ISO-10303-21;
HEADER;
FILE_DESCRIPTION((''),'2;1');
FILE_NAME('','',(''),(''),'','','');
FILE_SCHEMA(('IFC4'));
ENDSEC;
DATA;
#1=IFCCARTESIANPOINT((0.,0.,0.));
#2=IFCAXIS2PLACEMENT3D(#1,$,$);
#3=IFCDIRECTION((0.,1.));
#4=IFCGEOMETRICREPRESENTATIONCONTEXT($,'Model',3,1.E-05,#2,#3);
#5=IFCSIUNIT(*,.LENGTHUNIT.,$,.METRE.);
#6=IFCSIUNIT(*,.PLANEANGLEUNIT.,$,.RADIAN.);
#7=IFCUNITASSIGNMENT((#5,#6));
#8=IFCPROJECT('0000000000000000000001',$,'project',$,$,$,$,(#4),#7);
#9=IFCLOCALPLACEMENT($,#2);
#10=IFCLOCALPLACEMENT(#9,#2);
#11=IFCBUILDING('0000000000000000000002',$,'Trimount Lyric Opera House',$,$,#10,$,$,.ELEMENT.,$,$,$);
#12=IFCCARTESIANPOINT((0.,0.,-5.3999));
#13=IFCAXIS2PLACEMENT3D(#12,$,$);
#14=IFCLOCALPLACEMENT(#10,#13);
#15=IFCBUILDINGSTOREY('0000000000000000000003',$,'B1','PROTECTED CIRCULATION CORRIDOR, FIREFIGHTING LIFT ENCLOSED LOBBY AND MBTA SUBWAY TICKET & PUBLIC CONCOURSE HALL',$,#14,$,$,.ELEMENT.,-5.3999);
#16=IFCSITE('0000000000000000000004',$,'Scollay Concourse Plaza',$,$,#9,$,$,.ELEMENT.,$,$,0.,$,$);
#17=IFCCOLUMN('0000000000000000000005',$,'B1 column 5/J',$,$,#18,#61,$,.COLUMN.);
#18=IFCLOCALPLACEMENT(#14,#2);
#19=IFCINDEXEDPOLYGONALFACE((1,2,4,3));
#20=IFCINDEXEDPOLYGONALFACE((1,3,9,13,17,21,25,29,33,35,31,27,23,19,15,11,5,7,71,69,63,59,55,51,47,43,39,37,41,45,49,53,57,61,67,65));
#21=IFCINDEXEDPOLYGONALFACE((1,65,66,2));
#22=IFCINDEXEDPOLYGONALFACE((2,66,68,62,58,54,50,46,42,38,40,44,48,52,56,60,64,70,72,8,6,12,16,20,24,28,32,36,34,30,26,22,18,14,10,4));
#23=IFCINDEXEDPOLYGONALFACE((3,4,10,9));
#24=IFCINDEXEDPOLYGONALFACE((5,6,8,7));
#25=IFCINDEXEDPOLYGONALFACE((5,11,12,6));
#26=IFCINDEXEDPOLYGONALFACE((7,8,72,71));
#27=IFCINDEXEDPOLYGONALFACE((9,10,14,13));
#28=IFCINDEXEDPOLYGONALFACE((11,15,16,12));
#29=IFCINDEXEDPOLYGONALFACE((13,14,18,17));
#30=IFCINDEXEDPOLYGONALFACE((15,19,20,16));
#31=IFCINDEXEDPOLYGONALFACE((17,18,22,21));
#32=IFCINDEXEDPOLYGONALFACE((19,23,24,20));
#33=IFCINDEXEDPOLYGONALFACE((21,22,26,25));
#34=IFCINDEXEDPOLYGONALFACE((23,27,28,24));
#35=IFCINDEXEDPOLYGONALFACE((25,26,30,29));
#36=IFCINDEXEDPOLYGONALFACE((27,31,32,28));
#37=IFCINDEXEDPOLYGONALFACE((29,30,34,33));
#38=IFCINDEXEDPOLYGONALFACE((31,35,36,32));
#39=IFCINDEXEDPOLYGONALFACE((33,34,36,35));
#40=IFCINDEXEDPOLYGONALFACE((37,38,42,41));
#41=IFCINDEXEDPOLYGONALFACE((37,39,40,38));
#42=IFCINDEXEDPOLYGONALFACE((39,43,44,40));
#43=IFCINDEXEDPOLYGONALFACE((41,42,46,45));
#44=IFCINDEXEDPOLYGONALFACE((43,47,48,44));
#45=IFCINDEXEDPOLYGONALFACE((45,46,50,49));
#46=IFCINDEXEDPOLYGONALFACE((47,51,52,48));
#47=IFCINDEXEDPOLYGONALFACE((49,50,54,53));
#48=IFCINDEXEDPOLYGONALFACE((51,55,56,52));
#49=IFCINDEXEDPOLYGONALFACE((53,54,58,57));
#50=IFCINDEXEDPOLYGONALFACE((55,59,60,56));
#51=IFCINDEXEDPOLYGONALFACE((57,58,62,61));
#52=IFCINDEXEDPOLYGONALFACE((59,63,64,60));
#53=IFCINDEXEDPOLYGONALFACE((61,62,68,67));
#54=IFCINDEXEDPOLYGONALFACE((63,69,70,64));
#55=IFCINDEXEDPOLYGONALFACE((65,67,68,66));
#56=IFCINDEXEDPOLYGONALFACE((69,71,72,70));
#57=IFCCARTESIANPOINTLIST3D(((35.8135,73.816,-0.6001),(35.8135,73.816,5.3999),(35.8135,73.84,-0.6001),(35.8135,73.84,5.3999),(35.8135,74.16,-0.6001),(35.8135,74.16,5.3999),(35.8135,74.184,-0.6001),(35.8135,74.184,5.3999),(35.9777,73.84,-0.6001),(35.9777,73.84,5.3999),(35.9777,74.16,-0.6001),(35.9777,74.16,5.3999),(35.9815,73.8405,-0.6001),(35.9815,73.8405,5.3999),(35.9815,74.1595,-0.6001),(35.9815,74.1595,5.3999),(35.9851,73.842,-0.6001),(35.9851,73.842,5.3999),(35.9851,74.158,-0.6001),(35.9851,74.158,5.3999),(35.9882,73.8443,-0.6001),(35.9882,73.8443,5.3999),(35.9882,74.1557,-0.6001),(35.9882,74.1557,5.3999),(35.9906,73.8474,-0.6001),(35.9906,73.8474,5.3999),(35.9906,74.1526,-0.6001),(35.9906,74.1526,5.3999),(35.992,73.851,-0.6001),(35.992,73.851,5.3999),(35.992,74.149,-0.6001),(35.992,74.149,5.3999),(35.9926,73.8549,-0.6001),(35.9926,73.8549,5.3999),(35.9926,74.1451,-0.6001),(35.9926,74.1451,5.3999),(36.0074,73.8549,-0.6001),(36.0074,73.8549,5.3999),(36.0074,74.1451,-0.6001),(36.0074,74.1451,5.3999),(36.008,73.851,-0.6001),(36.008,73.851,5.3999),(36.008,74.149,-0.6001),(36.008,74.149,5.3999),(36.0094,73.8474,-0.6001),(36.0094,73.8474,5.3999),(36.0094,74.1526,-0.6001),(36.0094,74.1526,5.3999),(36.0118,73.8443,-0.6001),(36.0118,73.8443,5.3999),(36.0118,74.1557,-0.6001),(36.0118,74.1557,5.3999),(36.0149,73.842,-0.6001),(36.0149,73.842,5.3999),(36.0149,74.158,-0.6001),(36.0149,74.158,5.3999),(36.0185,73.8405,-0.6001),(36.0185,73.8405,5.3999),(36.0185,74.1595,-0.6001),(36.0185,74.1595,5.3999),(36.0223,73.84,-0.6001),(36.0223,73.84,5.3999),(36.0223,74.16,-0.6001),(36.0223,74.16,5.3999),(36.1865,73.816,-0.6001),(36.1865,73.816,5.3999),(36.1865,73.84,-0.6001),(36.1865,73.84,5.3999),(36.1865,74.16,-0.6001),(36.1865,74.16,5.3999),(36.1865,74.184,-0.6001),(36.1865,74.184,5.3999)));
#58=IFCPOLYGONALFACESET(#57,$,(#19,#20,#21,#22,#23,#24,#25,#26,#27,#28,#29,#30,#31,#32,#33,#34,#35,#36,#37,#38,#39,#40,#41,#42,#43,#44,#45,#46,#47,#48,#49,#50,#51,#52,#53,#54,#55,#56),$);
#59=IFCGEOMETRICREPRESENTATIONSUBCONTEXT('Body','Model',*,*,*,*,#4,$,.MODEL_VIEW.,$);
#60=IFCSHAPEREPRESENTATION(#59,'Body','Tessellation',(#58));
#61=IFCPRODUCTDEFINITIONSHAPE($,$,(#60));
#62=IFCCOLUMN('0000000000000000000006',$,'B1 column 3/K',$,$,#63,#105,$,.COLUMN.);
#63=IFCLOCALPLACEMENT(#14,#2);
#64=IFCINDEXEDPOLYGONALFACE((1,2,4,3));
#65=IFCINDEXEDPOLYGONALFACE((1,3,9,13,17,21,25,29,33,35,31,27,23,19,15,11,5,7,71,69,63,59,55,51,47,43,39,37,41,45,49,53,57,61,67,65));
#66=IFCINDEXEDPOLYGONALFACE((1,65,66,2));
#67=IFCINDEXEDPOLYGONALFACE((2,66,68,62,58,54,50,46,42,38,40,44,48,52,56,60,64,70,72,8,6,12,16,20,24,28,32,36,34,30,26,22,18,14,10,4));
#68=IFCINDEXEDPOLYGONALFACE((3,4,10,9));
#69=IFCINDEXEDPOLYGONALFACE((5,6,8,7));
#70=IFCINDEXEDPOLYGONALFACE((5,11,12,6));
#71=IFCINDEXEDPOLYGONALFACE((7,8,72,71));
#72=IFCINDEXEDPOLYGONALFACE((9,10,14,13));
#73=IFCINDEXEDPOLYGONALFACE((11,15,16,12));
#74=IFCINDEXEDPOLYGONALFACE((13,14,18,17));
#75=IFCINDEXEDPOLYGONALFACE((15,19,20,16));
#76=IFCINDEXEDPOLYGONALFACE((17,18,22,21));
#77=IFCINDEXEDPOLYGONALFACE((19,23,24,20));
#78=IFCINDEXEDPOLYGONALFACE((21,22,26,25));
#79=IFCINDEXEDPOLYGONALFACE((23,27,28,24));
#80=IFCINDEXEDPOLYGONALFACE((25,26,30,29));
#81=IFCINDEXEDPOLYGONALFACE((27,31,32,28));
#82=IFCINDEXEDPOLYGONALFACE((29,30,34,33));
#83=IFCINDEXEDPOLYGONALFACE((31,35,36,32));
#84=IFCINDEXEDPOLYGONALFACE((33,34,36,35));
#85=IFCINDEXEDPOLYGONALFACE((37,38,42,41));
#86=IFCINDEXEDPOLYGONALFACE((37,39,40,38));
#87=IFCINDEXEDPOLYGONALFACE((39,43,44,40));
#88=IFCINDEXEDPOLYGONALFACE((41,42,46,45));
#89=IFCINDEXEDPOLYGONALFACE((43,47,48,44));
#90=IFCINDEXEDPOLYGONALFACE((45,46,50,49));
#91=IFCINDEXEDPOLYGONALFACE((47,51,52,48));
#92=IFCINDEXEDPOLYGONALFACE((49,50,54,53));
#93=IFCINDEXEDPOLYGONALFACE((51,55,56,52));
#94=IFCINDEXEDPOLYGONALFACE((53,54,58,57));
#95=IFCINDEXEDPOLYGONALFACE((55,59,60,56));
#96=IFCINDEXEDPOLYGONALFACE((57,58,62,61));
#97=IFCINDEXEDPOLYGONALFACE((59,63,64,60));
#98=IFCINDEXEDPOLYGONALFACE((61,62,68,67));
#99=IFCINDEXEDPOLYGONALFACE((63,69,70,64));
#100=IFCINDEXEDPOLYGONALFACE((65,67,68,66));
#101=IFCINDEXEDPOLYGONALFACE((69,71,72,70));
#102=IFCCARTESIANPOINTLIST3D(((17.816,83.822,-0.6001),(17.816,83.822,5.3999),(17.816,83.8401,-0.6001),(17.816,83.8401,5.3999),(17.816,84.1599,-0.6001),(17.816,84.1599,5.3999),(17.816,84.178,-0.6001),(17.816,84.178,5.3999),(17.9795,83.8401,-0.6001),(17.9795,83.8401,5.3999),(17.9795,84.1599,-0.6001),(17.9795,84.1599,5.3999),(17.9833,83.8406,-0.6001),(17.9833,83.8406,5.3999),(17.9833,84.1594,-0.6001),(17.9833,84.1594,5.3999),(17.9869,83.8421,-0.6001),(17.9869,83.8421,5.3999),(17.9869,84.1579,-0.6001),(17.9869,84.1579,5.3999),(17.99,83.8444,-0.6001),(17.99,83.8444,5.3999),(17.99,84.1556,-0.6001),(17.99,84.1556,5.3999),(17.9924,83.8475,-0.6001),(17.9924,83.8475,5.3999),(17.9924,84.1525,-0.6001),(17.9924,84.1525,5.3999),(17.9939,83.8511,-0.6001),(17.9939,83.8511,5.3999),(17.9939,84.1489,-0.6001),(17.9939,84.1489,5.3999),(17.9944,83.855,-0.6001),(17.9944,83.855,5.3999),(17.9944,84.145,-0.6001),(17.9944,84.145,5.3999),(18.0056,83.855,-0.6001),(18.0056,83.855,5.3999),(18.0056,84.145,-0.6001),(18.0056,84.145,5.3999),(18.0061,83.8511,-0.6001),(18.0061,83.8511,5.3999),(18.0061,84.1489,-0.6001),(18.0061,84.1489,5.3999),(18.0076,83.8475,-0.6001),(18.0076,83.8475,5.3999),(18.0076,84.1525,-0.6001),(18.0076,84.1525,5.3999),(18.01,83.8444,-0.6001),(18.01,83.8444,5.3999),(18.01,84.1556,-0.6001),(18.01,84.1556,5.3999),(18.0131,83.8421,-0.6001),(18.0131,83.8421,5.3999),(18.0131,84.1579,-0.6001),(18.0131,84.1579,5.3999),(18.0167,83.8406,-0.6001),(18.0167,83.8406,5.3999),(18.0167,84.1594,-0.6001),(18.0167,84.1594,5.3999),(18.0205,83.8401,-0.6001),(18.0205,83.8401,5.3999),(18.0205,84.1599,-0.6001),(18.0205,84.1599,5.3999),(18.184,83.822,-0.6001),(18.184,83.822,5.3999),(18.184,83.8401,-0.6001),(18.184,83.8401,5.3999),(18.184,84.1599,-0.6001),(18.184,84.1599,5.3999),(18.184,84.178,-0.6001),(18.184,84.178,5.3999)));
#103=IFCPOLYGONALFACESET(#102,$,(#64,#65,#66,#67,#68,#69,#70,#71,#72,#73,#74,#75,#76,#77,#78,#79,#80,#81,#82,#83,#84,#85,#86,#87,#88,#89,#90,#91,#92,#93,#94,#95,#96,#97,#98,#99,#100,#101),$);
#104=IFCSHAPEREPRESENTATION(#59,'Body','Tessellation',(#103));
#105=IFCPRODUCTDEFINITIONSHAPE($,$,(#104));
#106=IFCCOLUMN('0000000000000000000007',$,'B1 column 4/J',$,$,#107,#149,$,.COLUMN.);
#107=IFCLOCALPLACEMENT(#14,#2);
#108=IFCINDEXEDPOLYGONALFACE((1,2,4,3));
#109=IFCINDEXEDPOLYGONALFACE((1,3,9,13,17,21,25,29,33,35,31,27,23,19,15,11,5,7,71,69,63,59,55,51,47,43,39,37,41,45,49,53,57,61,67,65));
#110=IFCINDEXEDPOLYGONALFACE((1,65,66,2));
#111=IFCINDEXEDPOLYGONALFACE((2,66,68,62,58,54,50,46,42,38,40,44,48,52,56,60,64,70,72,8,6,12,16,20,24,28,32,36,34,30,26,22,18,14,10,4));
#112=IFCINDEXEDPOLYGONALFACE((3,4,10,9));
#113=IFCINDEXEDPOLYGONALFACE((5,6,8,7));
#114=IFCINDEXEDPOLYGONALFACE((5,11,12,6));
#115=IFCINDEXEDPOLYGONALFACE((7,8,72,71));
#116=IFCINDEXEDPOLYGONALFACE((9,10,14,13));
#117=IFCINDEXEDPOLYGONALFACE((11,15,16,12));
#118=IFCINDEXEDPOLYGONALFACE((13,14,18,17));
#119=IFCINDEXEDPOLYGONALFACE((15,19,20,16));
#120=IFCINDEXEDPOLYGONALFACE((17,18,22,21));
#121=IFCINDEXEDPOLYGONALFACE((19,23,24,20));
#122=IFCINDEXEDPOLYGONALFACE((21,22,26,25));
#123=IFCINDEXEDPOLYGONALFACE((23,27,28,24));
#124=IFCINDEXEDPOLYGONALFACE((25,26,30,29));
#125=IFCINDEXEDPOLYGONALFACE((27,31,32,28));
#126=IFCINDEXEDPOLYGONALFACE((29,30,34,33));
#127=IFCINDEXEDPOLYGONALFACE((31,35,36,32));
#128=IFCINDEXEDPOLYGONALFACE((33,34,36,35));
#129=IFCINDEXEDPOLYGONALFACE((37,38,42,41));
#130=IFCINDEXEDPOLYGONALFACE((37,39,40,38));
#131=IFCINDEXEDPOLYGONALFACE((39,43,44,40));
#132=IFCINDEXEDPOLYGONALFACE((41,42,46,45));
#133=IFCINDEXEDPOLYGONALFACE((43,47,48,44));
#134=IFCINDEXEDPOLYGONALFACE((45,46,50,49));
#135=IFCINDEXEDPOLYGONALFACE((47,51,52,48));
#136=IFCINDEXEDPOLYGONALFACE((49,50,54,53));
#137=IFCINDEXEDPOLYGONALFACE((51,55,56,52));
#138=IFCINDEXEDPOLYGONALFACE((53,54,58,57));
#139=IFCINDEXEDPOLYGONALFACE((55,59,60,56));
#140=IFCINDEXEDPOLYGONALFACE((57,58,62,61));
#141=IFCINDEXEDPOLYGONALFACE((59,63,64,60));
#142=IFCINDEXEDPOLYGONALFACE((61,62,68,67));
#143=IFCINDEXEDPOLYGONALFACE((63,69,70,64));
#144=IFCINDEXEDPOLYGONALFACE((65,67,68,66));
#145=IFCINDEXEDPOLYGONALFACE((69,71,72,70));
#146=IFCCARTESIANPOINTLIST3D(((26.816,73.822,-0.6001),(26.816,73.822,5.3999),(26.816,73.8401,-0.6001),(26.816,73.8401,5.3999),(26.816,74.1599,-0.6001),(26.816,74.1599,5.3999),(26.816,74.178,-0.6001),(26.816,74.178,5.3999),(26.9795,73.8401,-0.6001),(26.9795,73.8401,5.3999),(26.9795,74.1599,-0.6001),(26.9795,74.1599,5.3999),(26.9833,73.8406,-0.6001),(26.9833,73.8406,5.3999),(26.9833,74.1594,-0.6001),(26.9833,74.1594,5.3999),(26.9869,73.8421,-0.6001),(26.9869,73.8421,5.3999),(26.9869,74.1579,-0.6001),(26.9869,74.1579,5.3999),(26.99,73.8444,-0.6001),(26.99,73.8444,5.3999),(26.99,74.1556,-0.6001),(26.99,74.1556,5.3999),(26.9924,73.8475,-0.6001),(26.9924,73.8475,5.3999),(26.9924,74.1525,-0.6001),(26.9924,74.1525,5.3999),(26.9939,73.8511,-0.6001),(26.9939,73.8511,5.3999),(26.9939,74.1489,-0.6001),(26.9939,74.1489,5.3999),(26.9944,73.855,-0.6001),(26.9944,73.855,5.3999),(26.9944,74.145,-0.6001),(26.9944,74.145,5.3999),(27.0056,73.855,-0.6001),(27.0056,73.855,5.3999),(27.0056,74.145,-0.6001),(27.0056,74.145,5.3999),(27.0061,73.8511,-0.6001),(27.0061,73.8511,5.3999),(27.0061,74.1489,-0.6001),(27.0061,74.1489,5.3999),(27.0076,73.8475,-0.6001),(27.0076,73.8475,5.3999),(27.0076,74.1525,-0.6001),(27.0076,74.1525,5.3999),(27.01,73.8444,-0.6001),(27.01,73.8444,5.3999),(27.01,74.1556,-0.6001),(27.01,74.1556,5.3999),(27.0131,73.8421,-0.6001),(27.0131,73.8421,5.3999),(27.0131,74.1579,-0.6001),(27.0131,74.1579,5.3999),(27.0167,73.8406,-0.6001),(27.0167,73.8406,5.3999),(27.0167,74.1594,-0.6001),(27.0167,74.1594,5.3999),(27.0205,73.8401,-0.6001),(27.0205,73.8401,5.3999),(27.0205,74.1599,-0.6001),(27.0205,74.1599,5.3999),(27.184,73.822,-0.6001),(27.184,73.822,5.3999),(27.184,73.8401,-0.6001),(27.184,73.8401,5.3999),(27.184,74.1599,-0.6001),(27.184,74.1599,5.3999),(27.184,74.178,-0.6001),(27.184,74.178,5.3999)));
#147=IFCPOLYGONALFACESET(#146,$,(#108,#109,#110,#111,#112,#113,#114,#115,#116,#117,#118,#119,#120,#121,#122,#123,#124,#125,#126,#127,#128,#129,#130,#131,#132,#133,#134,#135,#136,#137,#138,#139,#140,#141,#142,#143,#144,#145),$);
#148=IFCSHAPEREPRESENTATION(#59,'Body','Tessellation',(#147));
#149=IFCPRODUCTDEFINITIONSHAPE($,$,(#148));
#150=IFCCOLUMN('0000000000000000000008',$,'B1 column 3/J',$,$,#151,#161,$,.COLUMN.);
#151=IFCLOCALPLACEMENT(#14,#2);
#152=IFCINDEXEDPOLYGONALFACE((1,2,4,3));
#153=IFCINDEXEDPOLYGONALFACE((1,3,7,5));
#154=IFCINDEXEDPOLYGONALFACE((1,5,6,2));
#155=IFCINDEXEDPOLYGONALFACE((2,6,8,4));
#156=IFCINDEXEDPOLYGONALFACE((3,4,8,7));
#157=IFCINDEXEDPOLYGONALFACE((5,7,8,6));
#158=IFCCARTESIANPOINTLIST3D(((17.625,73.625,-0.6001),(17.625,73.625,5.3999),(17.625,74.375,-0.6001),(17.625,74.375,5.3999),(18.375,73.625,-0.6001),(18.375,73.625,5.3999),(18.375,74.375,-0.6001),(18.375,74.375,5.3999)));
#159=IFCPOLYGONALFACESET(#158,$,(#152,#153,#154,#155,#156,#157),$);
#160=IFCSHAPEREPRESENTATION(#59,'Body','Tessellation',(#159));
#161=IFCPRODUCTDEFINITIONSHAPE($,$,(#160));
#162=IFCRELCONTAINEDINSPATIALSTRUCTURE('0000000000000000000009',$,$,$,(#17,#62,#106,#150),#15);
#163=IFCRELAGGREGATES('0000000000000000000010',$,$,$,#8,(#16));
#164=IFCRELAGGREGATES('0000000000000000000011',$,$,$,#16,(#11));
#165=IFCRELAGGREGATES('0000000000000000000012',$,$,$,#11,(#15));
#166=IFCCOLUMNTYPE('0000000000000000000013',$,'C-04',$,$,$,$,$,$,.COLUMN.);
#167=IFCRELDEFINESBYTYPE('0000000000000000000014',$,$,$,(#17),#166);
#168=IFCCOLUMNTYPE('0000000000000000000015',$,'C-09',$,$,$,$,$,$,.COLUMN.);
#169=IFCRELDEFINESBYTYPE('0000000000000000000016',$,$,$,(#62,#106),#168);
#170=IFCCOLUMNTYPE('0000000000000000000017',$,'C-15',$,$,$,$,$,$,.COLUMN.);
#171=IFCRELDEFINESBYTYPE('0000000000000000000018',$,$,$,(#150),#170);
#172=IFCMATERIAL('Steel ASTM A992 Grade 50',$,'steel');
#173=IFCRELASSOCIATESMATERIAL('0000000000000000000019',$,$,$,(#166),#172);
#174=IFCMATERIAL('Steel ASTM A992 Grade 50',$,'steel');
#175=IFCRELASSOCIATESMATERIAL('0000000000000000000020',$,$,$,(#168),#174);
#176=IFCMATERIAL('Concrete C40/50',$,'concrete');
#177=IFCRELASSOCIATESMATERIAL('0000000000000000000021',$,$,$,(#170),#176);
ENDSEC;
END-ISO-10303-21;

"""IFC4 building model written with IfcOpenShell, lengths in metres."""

from ifc_helpers import new_model, si_unit, direction, frame, origin, origin_2d, place, context, subcontext, project, spatial, rectangle, i_section, extrude, material, material_profile, profile_set, type_object, element, save


model = new_model("IFC4")

# Units and contexts
model_context = context("Model", 3, precision=1e-05, world=origin(), true_north=direction((0.0, 1.0)))
body_context = subcontext(model_context, "Body", "Model", "MODEL_VIEW")
ifc_project = project(units=[si_unit("LENGTHUNIT", "METRE"), si_unit("PLANEANGLEUNIT", "RADIAN")], contexts=[model_context])

# Site, building, storey
site_placement = place(None, origin())
site = spatial("IfcSite", under=ifc_project, at=site_placement, Name="Scollay Concourse Plaza", CompositionType="ELEMENT", RefElevation=0.0)
building_placement = place(site_placement, origin())
building = spatial("IfcBuilding", under=site, at=building_placement, Name="Trimount Lyric Opera House", CompositionType="ELEMENT")
storey_placement = place(building_placement, frame((0.0, 0.0, -5.3999)))
storey = spatial("IfcBuildingStorey", under=building, at=storey_placement, Name="B1", Description="PROTECTED CIRCULATION CORRIDOR, FIREFIGHTING LIFT ENCLOSED LOBBY AND MBTA SUBWAY TICKET & PUBLIC CONCOURSE HALL", CompositionType="ELEMENT", Elevation=-5.3999)

# Columns
ifc_material_1 = material(Name="Steel ASTM A992 Grade 50", Category="steel")
ifc_material_profile_1 = material_profile(ifc_material_1, i_section(OverallWidth=0.373, OverallDepth=0.3679, WebThickness=0.0149, FlangeThickness=0.0239, FilletRadius=0.0149, at=origin_2d()), Name="W14X120")
ifc_profile_set_1 = profile_set([ifc_material_profile_1], Name="Steel ASTM A992 Grade 50")
column_type_1 = type_object("IfcColumnType", Name="C-04", PredefinedType="COLUMN", material=ifc_profile_set_1)
column_1_placement = place(storey_placement, frame((36.0, 74.0, -0.6001), z_axis=(0.0, 0.0, 1.0), x_axis=(1.0, 0.0, 0.0)))
element("IfcColumn", 1, at=column_1_placement, inside=storey, type_object=column_type_1, Name="B1 column 5/J", PredefinedType="COLUMN", context=body_context, shape_type="SweptSolid", body=[
    extrude(i_section(OverallWidth=0.373, OverallDepth=0.3679, WebThickness=0.0149, FlangeThickness=0.0239, FilletRadius=0.0149, at=origin_2d()), origin(), (0.0, 0.0, 1.0), 6.0),
])
ifc_material_2 = material(Name="Steel ASTM A992 Grade 50", Category="steel")
ifc_material_profile_2 = material_profile(ifc_material_2, i_section(OverallWidth=0.3679, OverallDepth=0.356, WebThickness=0.0112, FlangeThickness=0.0181, FilletRadius=0.0149, at=origin_2d()), Name="W14X90")
ifc_profile_set_2 = profile_set([ifc_material_profile_2], Name="Steel ASTM A992 Grade 50")
column_type_2 = type_object("IfcColumnType", Name="C-09", PredefinedType="COLUMN", material=ifc_profile_set_2)
for number, where, z_axis, x_axis, name in (
    (2, (18.0, 84.0, -0.6001), (0.0, 0.0, 1.0), (1.0, 0.0, 0.0), "B1 column 3/K"),
    (3, (27.0, 74.0, -0.6001), (0.0, 0.0, 1.0), (1.0, 0.0, 0.0), "B1 column 4/J"),
):
    element("IfcColumn", number, at=place(storey_placement, frame(where, z_axis=z_axis, x_axis=x_axis)), inside=storey, type_object=column_type_2, Name=name, PredefinedType="COLUMN", context=body_context, shape_type="SweptSolid", body=[
        extrude(i_section(OverallWidth=0.3679, OverallDepth=0.356, WebThickness=0.0112, FlangeThickness=0.0181, FilletRadius=0.0149, at=origin_2d()), origin(), (0.0, 0.0, 1.0), 6.0),
    ])
ifc_material_3 = material(Name="Concrete C40/50", Category="concrete")
ifc_material_profile_3 = material_profile(ifc_material_3, rectangle(XDim=0.75, YDim=0.75, at=origin_2d()), Name="RC750X750")
ifc_profile_set_3 = profile_set([ifc_material_profile_3], Name="Concrete C40/50")
column_type_3 = type_object("IfcColumnType", Name="C-15", PredefinedType="COLUMN", material=ifc_profile_set_3)
column_2_placement = place(storey_placement, frame((18.0, 74.0, -0.6001), z_axis=(0.0, 0.0, 1.0), x_axis=(1.0, 0.0, 0.0)))
element("IfcColumn", 4, at=column_2_placement, inside=storey, type_object=column_type_3, Name="B1 column 3/J", PredefinedType="COLUMN", context=body_context, shape_type="SweptSolid", body=[
    extrude(rectangle(XDim=0.75, YDim=0.75, at=origin_2d()), origin(), (0.0, 0.0, 1.0), 6.0),
])

save(model, "model.ifc")
